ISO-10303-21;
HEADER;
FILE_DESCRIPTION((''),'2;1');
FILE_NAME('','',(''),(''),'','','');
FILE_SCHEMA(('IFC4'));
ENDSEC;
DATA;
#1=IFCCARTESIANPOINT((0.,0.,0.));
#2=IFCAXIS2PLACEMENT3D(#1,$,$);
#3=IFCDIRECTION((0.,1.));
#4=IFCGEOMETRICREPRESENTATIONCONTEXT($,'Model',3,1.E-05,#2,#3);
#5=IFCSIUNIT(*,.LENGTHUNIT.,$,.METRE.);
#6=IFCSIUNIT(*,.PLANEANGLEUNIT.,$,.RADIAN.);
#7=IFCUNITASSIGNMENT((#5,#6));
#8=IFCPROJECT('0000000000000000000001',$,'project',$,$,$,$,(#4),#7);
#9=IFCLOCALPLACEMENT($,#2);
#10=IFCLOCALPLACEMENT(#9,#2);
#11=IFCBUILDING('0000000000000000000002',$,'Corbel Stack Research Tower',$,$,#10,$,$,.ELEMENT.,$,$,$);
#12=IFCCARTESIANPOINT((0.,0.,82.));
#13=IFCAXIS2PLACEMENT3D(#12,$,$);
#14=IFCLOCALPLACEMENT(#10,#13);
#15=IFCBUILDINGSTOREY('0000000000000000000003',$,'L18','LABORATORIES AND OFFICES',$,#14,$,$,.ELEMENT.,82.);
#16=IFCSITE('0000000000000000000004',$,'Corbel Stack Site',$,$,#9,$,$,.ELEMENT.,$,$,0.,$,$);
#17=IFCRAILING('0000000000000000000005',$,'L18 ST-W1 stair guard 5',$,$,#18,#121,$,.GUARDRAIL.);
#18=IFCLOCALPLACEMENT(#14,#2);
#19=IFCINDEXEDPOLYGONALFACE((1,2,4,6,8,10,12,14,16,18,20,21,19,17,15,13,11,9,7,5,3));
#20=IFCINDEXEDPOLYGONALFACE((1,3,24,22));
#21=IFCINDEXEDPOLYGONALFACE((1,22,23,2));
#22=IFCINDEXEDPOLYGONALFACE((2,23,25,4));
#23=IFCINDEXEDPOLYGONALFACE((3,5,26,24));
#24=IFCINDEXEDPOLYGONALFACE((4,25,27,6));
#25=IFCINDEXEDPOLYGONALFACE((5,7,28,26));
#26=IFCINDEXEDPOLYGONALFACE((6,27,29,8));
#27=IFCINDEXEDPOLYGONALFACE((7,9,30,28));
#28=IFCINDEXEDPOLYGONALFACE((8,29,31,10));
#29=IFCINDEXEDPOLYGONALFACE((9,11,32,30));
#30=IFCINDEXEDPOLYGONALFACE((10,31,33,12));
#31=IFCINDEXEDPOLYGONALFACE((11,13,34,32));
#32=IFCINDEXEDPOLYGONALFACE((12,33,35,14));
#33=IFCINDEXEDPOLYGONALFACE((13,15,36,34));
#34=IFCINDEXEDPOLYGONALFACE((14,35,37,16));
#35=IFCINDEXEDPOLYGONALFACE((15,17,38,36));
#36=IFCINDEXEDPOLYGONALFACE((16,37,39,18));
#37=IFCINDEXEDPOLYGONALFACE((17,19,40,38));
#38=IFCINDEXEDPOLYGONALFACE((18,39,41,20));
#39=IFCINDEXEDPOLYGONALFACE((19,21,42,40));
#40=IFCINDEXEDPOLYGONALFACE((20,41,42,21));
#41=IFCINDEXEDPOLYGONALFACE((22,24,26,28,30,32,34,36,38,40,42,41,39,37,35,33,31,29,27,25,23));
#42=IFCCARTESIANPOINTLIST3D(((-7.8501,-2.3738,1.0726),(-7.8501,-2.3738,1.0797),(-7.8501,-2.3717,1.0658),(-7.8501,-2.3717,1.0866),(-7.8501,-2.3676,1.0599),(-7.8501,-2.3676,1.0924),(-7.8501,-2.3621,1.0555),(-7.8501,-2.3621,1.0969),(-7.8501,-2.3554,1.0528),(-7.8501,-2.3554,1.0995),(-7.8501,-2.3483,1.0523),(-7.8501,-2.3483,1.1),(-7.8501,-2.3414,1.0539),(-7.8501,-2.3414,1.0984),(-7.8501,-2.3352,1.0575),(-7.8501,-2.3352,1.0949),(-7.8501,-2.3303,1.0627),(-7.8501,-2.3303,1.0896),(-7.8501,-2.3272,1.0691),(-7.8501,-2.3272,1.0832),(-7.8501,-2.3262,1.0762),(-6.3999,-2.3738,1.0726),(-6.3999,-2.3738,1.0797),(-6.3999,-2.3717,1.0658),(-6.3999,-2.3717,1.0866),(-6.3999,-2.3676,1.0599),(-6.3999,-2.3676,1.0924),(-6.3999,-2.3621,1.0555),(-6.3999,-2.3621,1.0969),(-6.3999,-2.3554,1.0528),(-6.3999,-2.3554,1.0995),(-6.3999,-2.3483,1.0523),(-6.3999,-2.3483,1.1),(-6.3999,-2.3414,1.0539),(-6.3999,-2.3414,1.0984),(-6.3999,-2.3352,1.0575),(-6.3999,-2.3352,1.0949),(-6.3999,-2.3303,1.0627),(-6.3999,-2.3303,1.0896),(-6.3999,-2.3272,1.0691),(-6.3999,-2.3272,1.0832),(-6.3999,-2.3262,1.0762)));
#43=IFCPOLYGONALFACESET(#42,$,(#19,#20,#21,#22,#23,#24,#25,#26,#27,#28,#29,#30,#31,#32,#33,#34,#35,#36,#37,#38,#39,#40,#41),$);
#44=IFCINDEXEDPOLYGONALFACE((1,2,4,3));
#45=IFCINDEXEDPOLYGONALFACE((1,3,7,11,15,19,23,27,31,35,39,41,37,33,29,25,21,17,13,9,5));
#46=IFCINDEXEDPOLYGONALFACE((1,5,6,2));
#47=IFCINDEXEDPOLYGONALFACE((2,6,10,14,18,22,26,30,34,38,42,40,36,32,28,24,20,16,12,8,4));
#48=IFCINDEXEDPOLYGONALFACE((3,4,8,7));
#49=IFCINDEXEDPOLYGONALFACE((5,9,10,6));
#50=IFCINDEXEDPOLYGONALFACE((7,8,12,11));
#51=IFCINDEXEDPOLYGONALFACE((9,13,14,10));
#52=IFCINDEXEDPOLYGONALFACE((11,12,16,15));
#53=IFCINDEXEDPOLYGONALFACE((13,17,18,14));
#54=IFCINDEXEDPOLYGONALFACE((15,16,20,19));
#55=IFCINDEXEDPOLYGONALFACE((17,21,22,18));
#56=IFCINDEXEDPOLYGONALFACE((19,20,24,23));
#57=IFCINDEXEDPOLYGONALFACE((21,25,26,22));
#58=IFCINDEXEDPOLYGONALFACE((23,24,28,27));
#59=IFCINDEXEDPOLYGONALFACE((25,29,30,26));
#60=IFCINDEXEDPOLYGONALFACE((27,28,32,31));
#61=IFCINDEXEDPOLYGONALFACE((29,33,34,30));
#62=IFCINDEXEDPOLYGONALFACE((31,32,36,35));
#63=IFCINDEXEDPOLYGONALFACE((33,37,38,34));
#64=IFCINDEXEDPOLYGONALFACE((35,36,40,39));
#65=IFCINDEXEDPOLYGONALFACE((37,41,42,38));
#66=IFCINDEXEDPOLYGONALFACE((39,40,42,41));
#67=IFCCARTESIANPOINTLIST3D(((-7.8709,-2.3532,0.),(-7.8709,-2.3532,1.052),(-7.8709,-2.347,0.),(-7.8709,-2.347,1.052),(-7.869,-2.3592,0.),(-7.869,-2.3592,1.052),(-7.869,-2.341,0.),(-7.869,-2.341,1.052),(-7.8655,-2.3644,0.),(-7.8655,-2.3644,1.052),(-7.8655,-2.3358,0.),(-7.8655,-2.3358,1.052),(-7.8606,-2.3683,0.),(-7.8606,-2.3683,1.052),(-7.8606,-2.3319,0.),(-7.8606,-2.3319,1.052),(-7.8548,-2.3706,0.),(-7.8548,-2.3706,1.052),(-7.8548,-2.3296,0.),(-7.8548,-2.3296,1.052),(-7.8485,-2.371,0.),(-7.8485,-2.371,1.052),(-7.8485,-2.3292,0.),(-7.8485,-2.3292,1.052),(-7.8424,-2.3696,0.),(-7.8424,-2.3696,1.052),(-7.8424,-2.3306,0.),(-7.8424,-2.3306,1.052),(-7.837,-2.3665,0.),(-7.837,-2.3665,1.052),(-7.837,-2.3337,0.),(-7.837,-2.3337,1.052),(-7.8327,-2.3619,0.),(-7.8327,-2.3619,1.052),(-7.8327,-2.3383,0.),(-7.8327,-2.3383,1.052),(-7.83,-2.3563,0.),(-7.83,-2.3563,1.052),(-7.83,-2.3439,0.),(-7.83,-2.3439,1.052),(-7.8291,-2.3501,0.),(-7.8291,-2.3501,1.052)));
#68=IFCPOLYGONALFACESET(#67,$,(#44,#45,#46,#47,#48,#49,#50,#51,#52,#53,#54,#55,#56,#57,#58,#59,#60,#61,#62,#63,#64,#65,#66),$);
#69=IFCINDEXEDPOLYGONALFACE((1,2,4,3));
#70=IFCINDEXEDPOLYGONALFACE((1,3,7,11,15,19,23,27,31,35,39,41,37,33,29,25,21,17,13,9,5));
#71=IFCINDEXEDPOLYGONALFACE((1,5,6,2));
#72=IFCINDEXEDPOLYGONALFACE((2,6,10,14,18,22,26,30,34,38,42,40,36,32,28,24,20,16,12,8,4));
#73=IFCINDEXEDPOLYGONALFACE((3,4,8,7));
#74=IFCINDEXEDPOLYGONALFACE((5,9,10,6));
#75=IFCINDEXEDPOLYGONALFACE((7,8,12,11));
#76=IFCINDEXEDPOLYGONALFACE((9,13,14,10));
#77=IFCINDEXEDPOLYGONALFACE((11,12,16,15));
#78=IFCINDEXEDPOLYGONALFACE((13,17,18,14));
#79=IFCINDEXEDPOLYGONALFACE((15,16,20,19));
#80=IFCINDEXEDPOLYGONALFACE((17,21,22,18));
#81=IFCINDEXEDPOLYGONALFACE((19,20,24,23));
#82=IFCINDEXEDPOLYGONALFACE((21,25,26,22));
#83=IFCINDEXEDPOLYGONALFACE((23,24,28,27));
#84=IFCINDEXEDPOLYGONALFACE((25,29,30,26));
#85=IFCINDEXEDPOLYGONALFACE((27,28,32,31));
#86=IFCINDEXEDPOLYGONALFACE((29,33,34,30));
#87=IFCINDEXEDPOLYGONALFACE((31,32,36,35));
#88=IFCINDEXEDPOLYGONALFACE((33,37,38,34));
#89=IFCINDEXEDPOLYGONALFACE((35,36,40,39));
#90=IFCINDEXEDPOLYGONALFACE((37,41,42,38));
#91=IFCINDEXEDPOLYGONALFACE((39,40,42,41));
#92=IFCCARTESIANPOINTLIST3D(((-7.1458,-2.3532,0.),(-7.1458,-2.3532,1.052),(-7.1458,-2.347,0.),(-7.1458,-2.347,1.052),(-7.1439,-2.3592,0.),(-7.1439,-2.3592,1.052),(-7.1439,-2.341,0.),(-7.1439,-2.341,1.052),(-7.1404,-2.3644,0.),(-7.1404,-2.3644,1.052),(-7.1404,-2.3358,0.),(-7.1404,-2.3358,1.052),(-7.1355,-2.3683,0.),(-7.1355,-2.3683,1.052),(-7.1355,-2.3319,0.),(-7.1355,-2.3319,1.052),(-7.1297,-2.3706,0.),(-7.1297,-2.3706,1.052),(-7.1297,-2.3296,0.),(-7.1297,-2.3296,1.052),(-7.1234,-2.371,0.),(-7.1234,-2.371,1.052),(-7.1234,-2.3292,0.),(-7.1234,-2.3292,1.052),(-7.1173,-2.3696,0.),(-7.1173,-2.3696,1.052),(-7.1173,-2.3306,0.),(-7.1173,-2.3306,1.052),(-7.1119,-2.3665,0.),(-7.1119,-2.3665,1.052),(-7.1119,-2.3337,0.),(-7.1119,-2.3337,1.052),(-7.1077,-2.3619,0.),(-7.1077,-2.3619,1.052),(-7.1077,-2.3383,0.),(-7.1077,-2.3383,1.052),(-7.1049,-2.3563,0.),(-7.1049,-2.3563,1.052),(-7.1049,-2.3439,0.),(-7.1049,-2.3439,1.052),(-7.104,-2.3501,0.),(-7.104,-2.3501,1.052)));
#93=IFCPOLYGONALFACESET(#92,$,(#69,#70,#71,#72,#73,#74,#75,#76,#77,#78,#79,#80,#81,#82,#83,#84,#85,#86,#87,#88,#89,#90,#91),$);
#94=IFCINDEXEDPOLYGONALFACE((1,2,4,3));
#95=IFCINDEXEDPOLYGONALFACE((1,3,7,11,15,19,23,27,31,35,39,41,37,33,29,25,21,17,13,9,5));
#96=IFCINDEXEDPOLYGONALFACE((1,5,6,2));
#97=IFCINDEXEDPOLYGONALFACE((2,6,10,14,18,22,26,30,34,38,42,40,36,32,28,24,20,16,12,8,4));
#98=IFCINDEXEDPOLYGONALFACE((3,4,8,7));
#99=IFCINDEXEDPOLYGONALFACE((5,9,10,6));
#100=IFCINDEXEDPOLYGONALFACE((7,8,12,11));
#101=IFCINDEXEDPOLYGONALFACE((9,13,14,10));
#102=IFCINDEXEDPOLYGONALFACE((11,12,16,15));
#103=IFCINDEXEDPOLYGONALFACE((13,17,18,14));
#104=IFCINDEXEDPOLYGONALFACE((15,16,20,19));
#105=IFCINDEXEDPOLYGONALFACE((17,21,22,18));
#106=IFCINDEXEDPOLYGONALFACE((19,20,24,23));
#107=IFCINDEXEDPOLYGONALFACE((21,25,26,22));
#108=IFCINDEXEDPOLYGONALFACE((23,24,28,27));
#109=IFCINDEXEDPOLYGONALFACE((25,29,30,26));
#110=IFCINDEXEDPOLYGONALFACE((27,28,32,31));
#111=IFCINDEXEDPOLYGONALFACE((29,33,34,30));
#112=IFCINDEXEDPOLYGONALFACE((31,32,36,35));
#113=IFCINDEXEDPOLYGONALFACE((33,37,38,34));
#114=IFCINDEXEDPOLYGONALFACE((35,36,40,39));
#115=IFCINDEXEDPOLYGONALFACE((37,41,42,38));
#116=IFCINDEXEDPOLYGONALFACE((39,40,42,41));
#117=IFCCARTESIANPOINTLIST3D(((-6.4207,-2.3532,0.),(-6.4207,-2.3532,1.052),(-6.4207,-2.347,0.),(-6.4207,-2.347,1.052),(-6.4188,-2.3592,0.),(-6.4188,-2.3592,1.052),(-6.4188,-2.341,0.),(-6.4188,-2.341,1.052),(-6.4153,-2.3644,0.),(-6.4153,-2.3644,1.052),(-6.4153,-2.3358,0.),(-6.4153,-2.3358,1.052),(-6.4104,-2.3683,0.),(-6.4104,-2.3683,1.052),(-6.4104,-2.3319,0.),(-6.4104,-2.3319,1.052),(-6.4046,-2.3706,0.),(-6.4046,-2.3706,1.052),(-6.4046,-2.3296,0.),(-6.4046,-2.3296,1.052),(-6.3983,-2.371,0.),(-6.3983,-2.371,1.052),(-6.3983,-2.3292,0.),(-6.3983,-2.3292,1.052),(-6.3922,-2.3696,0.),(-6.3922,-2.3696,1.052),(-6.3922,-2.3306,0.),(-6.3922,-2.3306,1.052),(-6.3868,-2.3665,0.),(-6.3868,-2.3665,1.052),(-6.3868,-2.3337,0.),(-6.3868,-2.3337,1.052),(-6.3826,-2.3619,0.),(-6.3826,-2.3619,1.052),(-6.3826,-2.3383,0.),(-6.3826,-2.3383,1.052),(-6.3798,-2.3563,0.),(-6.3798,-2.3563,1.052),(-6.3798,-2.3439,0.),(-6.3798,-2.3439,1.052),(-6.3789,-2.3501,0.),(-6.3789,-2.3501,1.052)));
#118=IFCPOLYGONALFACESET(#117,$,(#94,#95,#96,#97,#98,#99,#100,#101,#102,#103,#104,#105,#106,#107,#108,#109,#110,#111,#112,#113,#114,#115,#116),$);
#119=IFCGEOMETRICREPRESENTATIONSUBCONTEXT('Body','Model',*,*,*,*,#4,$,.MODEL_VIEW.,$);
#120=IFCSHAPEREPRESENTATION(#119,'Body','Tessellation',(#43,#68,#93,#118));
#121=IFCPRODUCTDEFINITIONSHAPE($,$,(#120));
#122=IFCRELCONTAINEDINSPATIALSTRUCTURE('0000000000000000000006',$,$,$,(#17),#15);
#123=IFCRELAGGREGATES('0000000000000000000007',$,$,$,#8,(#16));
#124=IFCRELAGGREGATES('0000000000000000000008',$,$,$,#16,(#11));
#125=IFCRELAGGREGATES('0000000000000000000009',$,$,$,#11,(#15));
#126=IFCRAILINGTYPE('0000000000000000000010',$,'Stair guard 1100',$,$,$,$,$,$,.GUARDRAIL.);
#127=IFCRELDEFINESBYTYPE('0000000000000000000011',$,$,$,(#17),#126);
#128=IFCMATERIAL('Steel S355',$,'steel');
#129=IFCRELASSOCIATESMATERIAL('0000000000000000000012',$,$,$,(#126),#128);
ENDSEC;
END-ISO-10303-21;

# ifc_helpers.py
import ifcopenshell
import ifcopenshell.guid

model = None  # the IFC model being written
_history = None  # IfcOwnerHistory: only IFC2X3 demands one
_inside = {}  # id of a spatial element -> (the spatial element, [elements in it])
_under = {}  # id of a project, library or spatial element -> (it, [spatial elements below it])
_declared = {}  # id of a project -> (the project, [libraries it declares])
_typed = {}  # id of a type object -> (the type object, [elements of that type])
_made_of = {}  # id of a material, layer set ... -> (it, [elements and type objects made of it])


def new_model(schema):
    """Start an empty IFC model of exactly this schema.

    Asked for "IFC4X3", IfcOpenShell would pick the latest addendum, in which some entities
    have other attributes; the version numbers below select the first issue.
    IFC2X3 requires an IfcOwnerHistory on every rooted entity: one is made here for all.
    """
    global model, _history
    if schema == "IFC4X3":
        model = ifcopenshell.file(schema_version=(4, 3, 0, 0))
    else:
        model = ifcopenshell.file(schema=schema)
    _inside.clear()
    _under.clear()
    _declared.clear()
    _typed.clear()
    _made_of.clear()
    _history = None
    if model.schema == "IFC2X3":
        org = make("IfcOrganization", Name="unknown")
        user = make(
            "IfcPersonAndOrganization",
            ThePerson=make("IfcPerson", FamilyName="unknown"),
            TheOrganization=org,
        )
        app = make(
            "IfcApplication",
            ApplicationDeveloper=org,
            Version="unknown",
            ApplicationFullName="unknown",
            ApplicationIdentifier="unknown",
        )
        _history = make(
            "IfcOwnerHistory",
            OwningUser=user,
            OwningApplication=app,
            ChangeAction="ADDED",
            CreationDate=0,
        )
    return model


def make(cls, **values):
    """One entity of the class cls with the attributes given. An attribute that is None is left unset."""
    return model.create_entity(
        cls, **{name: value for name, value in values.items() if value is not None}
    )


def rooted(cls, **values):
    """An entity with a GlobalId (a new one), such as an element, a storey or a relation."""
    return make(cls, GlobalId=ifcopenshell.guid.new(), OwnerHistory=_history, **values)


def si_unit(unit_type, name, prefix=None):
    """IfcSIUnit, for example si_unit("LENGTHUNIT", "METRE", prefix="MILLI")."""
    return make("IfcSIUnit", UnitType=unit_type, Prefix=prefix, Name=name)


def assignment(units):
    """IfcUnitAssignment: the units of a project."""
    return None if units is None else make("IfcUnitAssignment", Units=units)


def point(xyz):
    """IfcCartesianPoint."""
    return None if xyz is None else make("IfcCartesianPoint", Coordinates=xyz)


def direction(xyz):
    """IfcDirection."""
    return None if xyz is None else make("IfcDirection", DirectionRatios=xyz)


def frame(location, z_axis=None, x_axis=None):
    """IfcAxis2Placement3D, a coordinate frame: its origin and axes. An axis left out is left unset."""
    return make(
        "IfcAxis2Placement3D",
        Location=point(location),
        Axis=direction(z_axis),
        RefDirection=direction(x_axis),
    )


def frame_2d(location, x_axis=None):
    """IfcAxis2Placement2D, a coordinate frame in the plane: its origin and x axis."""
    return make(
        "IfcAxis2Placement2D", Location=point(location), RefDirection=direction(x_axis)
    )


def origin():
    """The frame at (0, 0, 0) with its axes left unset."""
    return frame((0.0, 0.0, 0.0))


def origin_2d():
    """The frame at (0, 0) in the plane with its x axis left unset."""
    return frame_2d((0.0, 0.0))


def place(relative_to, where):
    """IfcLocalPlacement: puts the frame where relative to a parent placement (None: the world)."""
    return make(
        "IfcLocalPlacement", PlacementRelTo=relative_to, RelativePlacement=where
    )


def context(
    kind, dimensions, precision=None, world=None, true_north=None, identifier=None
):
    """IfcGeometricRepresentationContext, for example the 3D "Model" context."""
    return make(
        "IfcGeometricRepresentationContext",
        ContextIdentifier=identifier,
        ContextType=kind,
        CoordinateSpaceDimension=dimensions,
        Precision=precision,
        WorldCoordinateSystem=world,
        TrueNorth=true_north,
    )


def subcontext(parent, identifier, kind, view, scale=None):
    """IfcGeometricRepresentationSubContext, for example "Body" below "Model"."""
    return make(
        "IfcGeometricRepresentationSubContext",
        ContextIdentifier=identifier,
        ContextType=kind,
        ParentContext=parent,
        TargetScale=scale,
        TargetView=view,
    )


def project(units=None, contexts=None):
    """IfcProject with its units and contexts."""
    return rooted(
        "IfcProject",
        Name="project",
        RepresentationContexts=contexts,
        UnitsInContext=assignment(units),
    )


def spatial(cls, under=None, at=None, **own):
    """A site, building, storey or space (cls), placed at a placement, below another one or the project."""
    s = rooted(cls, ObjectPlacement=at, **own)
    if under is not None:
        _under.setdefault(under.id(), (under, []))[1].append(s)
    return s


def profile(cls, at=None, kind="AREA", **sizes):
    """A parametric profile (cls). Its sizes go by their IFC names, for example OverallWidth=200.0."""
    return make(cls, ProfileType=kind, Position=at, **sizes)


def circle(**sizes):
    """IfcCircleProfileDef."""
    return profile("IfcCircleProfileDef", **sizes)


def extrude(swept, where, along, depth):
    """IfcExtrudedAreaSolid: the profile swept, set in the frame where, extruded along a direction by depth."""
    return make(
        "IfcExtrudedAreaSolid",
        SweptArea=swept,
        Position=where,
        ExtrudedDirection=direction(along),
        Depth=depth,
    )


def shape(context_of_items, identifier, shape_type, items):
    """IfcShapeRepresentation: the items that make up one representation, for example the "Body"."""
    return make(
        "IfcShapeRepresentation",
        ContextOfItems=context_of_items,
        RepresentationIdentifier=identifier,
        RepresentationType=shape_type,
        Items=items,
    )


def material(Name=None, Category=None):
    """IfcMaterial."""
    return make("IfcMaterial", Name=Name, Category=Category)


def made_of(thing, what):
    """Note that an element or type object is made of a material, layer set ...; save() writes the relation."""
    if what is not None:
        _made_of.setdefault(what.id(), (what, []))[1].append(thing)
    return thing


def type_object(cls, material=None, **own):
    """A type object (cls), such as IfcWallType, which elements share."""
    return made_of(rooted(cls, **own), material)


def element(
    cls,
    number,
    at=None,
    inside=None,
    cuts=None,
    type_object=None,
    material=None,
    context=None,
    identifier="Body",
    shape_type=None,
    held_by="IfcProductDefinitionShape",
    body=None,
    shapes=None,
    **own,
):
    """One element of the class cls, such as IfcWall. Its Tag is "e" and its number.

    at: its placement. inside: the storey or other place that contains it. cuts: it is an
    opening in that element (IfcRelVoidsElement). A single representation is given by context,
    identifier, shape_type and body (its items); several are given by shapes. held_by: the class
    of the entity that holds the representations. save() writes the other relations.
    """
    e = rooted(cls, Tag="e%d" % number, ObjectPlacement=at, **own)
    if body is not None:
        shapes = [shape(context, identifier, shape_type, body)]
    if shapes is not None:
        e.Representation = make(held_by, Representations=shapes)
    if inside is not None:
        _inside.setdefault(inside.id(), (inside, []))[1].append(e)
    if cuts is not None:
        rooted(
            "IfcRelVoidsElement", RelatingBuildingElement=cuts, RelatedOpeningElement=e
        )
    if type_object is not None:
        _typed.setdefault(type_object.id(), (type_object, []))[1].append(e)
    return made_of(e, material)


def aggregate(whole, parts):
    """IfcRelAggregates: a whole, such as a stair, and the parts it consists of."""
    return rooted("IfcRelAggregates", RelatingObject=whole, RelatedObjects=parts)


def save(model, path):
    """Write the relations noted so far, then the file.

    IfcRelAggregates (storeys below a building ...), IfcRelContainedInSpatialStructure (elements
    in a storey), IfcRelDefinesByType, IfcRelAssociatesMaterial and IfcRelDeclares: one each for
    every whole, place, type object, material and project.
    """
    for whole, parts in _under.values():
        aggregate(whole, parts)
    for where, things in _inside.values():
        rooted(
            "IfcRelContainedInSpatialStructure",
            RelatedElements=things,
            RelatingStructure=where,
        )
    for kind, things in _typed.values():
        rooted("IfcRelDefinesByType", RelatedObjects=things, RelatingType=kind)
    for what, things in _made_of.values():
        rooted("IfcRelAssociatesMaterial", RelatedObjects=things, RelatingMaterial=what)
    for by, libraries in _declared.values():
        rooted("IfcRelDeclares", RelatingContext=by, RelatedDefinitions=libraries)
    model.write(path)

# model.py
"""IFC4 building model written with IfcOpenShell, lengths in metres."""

from ifc_helpers import new_model, si_unit, direction, frame, origin, origin_2d, place, context, subcontext, project, spatial, circle, extrude, material, type_object, element, save


model = new_model("IFC4")

# Units and contexts
model_context = context("Model", 3, precision=1e-05, world=origin(), true_north=direction((0.0, 1.0)))
body_context = subcontext(model_context, "Body", "Model", "MODEL_VIEW")
ifc_project = project(units=[si_unit("LENGTHUNIT", "METRE"), si_unit("PLANEANGLEUNIT", "RADIAN")], contexts=[model_context])

# Site, building, storey
site_placement = place(None, origin())
site = spatial("IfcSite", under=ifc_project, at=site_placement, Name="Corbel Stack Site", CompositionType="ELEMENT", RefElevation=0.0)
building_placement = place(site_placement, origin())
building = spatial("IfcBuilding", under=site, at=building_placement, Name="Corbel Stack Research Tower", CompositionType="ELEMENT")
storey_placement = place(building_placement, frame((0.0, 0.0, 82.0)))
storey = spatial("IfcBuildingStorey", under=building, at=storey_placement, Name="L18", Description="LABORATORIES AND OFFICES", CompositionType="ELEMENT", Elevation=82.0)

# Railing
ifc_material_1 = material(Name="Steel S355", Category="steel")
railing_type = type_object("IfcRailingType", Name="Stair guard 1100", PredefinedType="GUARDRAIL", material=ifc_material_1)
railing_1_placement = place(storey_placement, frame((-7.8501, -2.3501, 0.0)))
element("IfcRailing", 1, at=railing_1_placement, inside=storey, type_object=railing_type, Name="L18 ST-W1 stair guard 5", PredefinedType="GUARDRAIL", context=body_context, shape_type="SweptSolid", body=[
    extrude(circle(Radius=0.0239, at=origin_2d()), frame((0.0, 0.0, 1.0762), z_axis=(1.0, 0.0, 0.0), x_axis=(0.0, 1.0, 0.0)), (0.0, 0.0, 1.0), 1.4502),
    extrude(circle(Radius=0.021, at=origin_2d()), origin(), (0.0, 0.0, 1.0), 1.052),
    extrude(circle(Radius=0.021, at=origin_2d()), frame((0.7251, 0.0, 0.0)), (0.0, 0.0, 1.0), 1.052),
    extrude(circle(Radius=0.021, at=origin_2d()), frame((1.4502, 0.0, 0.0)), (0.0, 0.0, 1.0), 1.052),
])

save(model, "model.ifc")
